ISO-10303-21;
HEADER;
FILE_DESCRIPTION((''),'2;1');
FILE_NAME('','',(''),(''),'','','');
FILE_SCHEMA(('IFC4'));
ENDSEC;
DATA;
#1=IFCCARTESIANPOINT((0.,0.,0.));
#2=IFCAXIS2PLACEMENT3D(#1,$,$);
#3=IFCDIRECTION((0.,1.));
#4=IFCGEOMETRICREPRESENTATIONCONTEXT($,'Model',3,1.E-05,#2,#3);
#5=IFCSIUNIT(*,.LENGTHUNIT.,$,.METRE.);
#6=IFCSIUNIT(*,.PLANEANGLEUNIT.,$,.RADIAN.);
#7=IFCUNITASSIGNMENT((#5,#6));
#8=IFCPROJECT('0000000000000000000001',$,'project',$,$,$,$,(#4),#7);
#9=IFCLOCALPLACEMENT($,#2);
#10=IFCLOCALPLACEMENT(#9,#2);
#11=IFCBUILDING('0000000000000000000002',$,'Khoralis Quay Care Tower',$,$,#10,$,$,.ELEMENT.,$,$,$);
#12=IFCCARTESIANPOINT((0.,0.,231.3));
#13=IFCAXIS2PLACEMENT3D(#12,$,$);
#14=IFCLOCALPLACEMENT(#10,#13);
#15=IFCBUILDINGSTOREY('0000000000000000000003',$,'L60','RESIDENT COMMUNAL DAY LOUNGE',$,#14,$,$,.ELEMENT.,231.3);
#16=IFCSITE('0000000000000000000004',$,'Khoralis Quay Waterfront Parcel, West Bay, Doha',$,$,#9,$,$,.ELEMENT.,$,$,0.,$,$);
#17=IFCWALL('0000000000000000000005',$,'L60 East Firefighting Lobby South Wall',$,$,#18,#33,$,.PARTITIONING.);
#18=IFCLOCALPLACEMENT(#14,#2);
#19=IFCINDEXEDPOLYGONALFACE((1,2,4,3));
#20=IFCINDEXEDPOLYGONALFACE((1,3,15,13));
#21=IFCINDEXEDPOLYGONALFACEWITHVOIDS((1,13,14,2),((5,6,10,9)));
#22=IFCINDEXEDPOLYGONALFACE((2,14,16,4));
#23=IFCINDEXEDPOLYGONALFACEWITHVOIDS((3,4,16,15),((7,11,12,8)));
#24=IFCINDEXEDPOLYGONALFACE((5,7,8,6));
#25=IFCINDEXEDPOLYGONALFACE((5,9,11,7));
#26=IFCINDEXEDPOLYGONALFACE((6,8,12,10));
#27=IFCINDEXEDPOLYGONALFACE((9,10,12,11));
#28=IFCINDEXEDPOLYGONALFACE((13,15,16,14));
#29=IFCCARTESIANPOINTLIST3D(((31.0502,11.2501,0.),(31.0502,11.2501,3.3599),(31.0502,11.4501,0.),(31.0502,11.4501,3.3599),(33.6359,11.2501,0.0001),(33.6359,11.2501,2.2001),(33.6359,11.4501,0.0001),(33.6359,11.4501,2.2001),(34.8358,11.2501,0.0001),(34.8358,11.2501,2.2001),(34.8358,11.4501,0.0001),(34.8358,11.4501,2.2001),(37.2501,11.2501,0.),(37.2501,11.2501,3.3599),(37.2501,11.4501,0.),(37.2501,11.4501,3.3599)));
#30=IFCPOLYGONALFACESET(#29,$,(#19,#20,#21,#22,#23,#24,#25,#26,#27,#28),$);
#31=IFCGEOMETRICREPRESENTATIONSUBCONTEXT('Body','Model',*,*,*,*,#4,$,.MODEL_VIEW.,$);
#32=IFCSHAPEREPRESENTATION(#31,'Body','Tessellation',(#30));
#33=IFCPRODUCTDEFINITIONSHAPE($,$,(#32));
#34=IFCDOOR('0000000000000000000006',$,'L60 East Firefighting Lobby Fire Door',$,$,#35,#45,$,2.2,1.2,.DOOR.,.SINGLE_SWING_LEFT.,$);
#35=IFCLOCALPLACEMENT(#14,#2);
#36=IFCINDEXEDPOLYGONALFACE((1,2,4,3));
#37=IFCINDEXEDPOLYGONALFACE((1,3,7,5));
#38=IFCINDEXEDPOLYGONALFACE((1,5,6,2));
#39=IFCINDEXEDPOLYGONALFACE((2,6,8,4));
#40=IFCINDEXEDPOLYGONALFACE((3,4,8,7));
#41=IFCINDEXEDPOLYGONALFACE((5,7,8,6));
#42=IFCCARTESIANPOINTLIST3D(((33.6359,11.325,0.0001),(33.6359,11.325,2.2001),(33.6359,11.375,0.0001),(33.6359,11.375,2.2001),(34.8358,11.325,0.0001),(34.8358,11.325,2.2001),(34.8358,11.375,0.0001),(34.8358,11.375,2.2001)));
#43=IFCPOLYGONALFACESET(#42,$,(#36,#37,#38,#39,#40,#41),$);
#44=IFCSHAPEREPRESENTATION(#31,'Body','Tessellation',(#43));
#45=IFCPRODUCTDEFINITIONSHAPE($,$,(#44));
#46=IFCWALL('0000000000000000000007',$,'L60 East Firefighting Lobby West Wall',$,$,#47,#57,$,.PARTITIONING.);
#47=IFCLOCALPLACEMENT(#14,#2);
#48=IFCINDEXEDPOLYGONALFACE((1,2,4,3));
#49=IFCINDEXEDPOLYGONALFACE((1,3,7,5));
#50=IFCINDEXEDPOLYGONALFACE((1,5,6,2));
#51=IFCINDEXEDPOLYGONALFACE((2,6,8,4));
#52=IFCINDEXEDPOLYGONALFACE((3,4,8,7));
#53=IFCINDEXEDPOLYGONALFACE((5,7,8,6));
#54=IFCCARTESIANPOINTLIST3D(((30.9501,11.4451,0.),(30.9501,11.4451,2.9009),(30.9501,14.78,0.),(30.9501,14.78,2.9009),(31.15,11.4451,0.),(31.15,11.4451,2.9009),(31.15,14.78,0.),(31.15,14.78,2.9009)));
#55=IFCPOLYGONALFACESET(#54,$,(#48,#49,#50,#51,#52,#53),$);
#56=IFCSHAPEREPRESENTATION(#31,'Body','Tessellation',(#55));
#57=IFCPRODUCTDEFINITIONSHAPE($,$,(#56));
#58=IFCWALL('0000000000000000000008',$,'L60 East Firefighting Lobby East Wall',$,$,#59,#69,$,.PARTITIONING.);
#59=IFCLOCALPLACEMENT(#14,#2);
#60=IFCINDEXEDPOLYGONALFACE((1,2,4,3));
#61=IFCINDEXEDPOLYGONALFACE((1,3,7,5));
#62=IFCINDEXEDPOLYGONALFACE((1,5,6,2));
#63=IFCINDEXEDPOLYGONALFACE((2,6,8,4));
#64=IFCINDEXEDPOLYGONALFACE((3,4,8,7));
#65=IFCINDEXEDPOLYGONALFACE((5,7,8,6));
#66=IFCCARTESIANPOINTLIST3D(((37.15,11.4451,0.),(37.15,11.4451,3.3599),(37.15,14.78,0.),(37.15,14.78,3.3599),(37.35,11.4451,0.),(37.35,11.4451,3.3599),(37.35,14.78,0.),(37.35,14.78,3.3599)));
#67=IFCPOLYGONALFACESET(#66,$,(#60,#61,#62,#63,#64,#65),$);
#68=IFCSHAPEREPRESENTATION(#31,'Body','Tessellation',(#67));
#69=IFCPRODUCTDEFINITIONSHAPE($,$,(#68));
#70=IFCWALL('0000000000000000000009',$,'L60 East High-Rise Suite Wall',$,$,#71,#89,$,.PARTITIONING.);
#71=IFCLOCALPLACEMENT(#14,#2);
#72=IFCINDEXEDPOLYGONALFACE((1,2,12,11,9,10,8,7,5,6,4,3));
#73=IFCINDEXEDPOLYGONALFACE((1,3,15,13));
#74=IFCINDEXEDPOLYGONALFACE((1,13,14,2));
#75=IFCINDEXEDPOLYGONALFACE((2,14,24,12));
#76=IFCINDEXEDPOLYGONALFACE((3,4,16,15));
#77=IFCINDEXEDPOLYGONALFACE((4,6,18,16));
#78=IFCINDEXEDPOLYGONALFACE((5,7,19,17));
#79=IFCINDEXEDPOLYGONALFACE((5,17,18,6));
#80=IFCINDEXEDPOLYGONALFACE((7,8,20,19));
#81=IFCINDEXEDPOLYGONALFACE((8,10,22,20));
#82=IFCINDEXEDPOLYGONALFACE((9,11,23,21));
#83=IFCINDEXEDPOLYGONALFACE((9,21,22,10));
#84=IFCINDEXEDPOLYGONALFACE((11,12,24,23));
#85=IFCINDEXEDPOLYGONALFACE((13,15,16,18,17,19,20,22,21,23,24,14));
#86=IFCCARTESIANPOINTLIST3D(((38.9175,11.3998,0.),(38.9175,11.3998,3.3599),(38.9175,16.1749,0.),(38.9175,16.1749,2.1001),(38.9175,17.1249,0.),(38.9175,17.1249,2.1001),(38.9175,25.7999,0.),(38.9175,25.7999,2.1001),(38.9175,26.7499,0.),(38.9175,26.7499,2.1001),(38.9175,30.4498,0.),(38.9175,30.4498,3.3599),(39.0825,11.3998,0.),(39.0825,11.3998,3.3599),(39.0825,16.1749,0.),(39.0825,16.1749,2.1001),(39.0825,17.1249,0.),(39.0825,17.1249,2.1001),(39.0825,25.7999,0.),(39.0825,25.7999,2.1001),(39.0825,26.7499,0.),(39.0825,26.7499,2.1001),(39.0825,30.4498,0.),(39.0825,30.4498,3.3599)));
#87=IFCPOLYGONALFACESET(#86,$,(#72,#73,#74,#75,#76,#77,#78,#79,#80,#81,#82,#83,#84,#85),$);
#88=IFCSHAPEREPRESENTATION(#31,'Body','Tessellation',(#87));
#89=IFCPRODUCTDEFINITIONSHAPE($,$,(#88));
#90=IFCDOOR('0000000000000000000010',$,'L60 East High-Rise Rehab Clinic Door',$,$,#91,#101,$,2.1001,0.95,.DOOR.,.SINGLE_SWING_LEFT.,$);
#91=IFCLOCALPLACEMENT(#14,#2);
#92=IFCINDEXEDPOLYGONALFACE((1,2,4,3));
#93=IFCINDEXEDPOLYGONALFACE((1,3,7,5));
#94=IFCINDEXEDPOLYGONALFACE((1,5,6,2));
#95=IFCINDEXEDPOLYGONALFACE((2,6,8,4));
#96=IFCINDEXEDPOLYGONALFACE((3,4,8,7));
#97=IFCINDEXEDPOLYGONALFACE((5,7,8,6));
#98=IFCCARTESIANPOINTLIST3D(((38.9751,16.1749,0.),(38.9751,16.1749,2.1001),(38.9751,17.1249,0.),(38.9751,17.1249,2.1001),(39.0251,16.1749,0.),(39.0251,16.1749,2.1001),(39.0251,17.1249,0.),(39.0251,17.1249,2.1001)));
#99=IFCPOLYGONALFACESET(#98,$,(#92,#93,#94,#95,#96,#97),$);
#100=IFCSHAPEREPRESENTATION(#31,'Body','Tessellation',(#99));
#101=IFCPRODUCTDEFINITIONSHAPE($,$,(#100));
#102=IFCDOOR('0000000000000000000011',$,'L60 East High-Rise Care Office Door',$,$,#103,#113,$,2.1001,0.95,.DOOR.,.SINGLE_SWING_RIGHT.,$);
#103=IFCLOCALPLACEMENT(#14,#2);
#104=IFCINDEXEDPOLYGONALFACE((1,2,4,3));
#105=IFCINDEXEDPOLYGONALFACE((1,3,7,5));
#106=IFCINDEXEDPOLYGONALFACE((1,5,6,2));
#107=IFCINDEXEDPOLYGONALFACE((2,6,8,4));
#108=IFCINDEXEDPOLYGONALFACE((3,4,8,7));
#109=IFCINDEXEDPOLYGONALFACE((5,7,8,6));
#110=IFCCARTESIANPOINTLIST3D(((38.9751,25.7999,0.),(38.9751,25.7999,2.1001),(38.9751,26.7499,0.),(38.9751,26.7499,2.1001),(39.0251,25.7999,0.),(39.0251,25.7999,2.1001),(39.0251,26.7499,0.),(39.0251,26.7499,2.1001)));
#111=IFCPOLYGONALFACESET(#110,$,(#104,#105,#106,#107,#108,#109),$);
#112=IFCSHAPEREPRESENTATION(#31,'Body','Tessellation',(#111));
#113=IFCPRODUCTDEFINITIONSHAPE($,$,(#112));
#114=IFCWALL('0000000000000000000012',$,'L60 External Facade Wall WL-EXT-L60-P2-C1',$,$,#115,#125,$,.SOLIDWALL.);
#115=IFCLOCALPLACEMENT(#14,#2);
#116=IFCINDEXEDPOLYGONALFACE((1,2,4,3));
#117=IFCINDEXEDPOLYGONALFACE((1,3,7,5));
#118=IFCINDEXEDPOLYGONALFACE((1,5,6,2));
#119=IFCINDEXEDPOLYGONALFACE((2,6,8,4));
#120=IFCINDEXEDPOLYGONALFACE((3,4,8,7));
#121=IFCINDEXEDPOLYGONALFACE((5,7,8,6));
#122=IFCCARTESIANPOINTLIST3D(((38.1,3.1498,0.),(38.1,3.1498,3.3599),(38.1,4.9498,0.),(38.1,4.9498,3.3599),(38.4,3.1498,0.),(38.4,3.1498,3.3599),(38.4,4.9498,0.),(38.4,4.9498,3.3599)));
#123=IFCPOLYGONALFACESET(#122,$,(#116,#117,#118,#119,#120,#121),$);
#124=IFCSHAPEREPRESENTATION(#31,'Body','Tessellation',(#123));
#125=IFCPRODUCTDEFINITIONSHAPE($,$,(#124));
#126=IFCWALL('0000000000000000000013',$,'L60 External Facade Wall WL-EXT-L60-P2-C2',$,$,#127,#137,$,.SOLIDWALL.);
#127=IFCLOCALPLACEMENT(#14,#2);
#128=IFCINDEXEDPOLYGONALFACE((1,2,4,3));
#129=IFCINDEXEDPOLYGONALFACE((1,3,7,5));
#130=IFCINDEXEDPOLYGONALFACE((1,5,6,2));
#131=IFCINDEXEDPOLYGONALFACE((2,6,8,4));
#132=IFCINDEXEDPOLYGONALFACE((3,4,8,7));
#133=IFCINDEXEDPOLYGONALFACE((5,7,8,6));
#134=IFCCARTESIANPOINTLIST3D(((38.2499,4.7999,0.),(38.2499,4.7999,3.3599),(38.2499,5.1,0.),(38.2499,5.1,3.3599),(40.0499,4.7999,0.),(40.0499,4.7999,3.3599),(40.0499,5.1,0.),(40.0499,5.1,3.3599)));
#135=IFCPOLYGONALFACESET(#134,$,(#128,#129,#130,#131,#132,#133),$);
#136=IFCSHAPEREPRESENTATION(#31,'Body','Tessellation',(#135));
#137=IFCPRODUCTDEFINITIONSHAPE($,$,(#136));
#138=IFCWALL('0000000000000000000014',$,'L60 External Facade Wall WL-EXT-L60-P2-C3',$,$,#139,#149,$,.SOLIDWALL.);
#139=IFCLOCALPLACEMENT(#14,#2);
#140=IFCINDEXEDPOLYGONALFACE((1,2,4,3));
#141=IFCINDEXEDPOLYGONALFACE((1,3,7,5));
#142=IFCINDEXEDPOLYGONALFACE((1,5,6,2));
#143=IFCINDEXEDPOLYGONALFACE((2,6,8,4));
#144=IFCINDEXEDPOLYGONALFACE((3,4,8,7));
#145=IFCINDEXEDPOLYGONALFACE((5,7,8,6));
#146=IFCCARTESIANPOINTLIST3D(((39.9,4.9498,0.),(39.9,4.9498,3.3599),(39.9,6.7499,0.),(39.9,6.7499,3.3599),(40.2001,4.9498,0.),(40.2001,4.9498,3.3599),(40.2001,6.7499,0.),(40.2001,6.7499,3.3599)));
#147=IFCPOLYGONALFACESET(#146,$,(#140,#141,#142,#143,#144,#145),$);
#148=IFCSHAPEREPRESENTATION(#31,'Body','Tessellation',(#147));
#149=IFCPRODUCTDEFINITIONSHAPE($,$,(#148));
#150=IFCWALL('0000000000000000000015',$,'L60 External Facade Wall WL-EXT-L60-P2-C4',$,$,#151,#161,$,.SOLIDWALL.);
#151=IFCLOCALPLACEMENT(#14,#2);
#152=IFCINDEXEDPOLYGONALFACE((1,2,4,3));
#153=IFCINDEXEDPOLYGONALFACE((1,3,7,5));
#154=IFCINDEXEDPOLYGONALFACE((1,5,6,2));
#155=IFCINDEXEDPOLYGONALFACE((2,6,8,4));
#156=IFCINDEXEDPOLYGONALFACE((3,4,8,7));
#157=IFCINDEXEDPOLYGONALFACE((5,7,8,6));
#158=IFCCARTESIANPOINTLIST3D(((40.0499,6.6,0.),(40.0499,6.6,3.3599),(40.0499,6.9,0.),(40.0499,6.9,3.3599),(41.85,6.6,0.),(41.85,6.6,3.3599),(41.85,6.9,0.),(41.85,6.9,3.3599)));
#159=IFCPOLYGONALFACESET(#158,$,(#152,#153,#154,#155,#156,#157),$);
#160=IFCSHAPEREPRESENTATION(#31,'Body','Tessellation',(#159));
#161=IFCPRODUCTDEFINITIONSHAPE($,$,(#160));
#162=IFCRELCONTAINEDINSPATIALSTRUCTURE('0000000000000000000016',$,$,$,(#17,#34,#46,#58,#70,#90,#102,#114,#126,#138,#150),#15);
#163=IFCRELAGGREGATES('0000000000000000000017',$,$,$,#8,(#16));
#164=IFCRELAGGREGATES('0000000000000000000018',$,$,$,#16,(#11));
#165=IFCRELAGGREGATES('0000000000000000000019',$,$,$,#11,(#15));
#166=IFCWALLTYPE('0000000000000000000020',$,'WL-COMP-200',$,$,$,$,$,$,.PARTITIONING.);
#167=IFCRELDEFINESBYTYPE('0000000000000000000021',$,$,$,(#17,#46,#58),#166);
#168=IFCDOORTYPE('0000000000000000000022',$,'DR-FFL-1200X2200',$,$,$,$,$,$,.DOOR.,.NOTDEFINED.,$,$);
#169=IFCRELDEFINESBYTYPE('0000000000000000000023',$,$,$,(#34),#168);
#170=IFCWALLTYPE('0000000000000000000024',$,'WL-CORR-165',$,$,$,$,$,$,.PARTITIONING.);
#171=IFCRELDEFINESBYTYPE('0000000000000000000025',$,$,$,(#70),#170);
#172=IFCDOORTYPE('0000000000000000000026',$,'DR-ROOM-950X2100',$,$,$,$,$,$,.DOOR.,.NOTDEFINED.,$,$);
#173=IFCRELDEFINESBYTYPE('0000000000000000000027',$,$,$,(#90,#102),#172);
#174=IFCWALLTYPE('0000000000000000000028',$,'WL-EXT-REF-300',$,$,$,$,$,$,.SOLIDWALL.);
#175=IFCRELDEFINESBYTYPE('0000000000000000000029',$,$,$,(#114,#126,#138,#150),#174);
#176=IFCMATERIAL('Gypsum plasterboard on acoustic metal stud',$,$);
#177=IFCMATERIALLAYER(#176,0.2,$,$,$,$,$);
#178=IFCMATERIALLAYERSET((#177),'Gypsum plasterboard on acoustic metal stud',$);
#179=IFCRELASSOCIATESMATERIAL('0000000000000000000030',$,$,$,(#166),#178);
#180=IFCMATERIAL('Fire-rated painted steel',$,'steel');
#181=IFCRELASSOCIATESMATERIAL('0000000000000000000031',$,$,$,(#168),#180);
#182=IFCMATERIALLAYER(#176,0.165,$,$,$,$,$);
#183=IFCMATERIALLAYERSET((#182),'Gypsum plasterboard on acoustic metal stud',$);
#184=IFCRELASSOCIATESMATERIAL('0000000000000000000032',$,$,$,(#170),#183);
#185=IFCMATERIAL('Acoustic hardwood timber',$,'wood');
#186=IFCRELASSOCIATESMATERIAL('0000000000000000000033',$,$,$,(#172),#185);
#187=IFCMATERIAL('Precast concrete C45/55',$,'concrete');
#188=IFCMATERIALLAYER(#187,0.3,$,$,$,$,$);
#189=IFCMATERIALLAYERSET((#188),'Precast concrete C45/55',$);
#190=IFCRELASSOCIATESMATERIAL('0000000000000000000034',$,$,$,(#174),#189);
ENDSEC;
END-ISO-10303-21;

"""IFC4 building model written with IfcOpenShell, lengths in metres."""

from ifc_helpers import new_model, si_unit, direction, frame, frame_2d, origin, place, context, subcontext, project, spatial, rectangle, extrude, source, transform, mapped, material, layer, layer_set, type_object, element, fill, save


model = new_model("IFC4")

# Units and contexts
model_context = context("Model", 3, precision=1e-05, world=origin(), true_north=direction((0.0, 1.0)))
body_context = subcontext(model_context, "Body", "Model", "MODEL_VIEW")
ifc_project = project(units=[si_unit("LENGTHUNIT", "METRE"), si_unit("PLANEANGLEUNIT", "RADIAN")], contexts=[model_context])

# Site, building, storey
site_placement = place(None, origin())
site = spatial("IfcSite", under=ifc_project, at=site_placement, Name="Khoralis Quay Waterfront Parcel, West Bay, Doha", CompositionType="ELEMENT", RefElevation=0.0)
building_placement = place(site_placement, origin())
building = spatial("IfcBuilding", under=site, at=building_placement, Name="Khoralis Quay Care Tower", CompositionType="ELEMENT")
storey_placement = place(building_placement, frame((0.0, 0.0, 231.3)))
storey = spatial("IfcBuildingStorey", under=building, at=storey_placement, Name="L60", Description="RESIDENT COMMUNAL DAY LOUNGE", CompositionType="ELEMENT", Elevation=231.3)

# Wall, opening, door
ifc_material_1 = material(Name="Gypsum plasterboard on acoustic metal stud")
ifc_layer_1 = layer(ifc_material_1, 0.2)
ifc_layer_set_1 = layer_set([ifc_layer_1], Name="Gypsum plasterboard on acoustic metal stud")
wall_type_1 = type_object("IfcWallType", Name="WL-COMP-200", PredefinedType="PARTITIONING", material=ifc_layer_set_1)
wall_1_placement = place(storey_placement, frame((31.05, 11.3501, 0.0), z_axis=(0.0, 0.0, 1.0), x_axis=(1.0, 0.0, 0.0)))
wall_1 = element("IfcWall", 1, at=wall_1_placement, inside=storey, type_object=wall_type_1, Name="L60 East Firefighting Lobby South Wall", PredefinedType="PARTITIONING", context=body_context, shape_type="SweptSolid", body=[
    extrude(rectangle(XDim=6.2, YDim=0.2, at=frame_2d((3.1001, 0.0))), origin(), (0.0, 0.0, 1.0), 3.3599),
])
opening_1_placement = place(wall_1_placement, frame((2.5857, 0.0, 0.0)))
opening_1 = element("IfcOpeningElement", 2, at=opening_1_placement, cuts=wall_1, PredefinedType="OPENING", context=body_context, shape_type="SweptSolid", body=[
    extrude(rectangle(XDim=1.2, YDim=2.2, at=frame_2d((0.6001, 1.1001))), frame((0.0, 0.1099, 0.0), z_axis=(0.0, -1.0, 0.0), x_axis=(1.0, 0.0, 0.0)), (0.0, 0.0, 1.0), 0.22),
])
ifc_material_2 = material(Name="Fire-rated painted steel", Category="steel")
door_type_1 = type_object("IfcDoorType", Name="DR-FFL-1200X2200", OperationType="NOTDEFINED", PredefinedType="DOOR", material=ifc_material_2)
shared_shape_1 = source(origin(), body_context, "Body", "SweptSolid", [
    extrude(rectangle(XDim=1.2, YDim=2.2, at=frame_2d((0.6001, 1.1001))), frame((0.0, 0.0249, 0.0), z_axis=(0.0, -1.0, 0.0), x_axis=(1.0, 0.0, 0.0)), (0.0, 0.0, 1.0), 0.05),
])
door_1_placement = place(opening_1_placement, origin())
door_1 = element("IfcDoor", 3, at=door_1_placement, inside=storey, type_object=door_type_1, Name="L60 East Firefighting Lobby Fire Door", OperationType="SINGLE_SWING_LEFT", OverallHeight=2.2, OverallWidth=1.2, PredefinedType="DOOR", context=body_context, shape_type="MappedRepresentation", body=[
    mapped(shared_shape_1, transform((0.0, 0.0, 0.0), scale=1.0)),
])
fill(opening_1, door_1)

# Walls
wall_2_placement = place(storey_placement, frame((31.05, 11.4451, 0.0), z_axis=(0.0, 0.0, 1.0), x_axis=(0.0, 1.0, 0.0)))
element("IfcWall", 4, at=wall_2_placement, inside=storey, type_object=wall_type_1, Name="L60 East Firefighting Lobby West Wall", PredefinedType="PARTITIONING", context=body_context, shape_type="SweptSolid", body=[
    extrude(rectangle(XDim=3.335, YDim=0.2, at=frame_2d((1.6675, 0.0))), origin(), (0.0, 0.0, 1.0), 2.9009),
])
wall_3_placement = place(storey_placement, frame((37.25, 11.4451, 0.0), z_axis=(0.0, 0.0, 1.0), x_axis=(0.0, 1.0, 0.0)))
element("IfcWall", 5, at=wall_3_placement, inside=storey, type_object=wall_type_1, Name="L60 East Firefighting Lobby East Wall", PredefinedType="PARTITIONING", context=body_context, shape_type="SweptSolid", body=[
    extrude(rectangle(XDim=3.335, YDim=0.2, at=frame_2d((1.6675, 0.0))), origin(), (0.0, 0.0, 1.0), 3.3599),
])

# Wall, openings, doors
ifc_layer_2 = layer(ifc_material_1, 0.165)
ifc_layer_set_2 = layer_set([ifc_layer_2], Name="Gypsum plasterboard on acoustic metal stud")
wall_type_2 = type_object("IfcWallType", Name="WL-CORR-165", PredefinedType="PARTITIONING", material=ifc_layer_set_2)
wall_4_placement = place(storey_placement, frame((39.0, 11.3999, 0.0), z_axis=(0.0, 0.0, 1.0), x_axis=(0.0, 1.0, 0.0)))
wall_4 = element("IfcWall", 6, at=wall_4_placement, inside=storey, type_object=wall_type_2, Name="L60 East High-Rise Suite Wall", PredefinedType="PARTITIONING", context=body_context, shape_type="SweptSolid", body=[
    extrude(rectangle(XDim=19.05, YDim=0.165, at=frame_2d((9.5249, 0.0))), origin(), (0.0, 0.0, 1.0), 3.3599),
])
opening_2_placement = place(wall_4_placement, frame((4.7749, 0.0, 0.0)))
opening_2 = element("IfcOpeningElement", 7, at=opening_2_placement, cuts=wall_4, PredefinedType="OPENING", context=body_context, shape_type="SweptSolid", body=[
    extrude(rectangle(XDim=0.95, YDim=2.1001, at=frame_2d((0.4751, 1.05))), frame((0.0, 0.0925, 0.0), z_axis=(0.0, -1.0, 0.0), x_axis=(1.0, 0.0, 0.0)), (0.0, 0.0, 1.0), 0.1851),
])
opening_3_placement = place(wall_4_placement, frame((14.3999, 0.0, 0.0)))
opening_3 = element("IfcOpeningElement", 8, at=opening_3_placement, cuts=wall_4, PredefinedType="OPENING", context=body_context, shape_type="SweptSolid", body=[
    extrude(rectangle(XDim=0.95, YDim=2.1001, at=frame_2d((0.4751, 1.05))), frame((0.0, 0.0925, 0.0), z_axis=(0.0, -1.0, 0.0), x_axis=(1.0, 0.0, 0.0)), (0.0, 0.0, 1.0), 0.1851),
])
ifc_material_3 = material(Name="Acoustic hardwood timber", Category="wood")
door_type_2 = type_object("IfcDoorType", Name="DR-ROOM-950X2100", OperationType="NOTDEFINED", PredefinedType="DOOR", material=ifc_material_3)
shared_shape_2 = source(origin(), body_context, "Body", "SweptSolid", [
    extrude(rectangle(XDim=0.95, YDim=2.1001, at=frame_2d((0.4751, 1.05))), frame((0.0, 0.0249, 0.0), z_axis=(0.0, -1.0, 0.0), x_axis=(1.0, 0.0, 0.0)), (0.0, 0.0, 1.0), 0.05),
])
door_2_placement = place(opening_2_placement, origin())
door_2 = element("IfcDoor", 9, at=door_2_placement, inside=storey, type_object=door_type_2, Name="L60 East High-Rise Rehab Clinic Door", OperationType="SINGLE_SWING_LEFT", OverallHeight=2.1001, OverallWidth=0.95, PredefinedType="DOOR", context=body_context, shape_type="MappedRepresentation", body=[
    mapped(shared_shape_2, transform((0.0, 0.0, 0.0), scale=1.0)),
])
fill(opening_2, door_2)
door_3_placement = place(opening_3_placement, origin())
door_3 = element("IfcDoor", 10, at=door_3_placement, inside=storey, type_object=door_type_2, Name="L60 East High-Rise Care Office Door", OperationType="SINGLE_SWING_RIGHT", OverallHeight=2.1001, OverallWidth=0.95, PredefinedType="DOOR", context=body_context, shape_type="MappedRepresentation", body=[
    mapped(shared_shape_2, transform((0.0, 0.0, 0.0), scale=1.0)),
])
fill(opening_3, door_3)

# Walls
ifc_material_4 = material(Name="Precast concrete C45/55", Category="concrete")
ifc_layer_3 = layer(ifc_material_4, 0.3)
ifc_layer_set_3 = layer_set([ifc_layer_3], Name="Precast concrete C45/55")
wall_type_3 = type_object("IfcWallType", Name="WL-EXT-REF-300", PredefinedType="SOLIDWALL", material=ifc_layer_set_3)
for number, where, z_axis, x_axis, name in (
    (11, (38.25, 3.1499, 0.0), (0.0, 0.0, 1.0), (0.0, 1.0, 0.0), "L60 External Facade Wall WL-EXT-L60-P2-C1"),
    (12, (38.25, 4.95, 0.0), (0.0, 0.0, 1.0), (1.0, 0.0, 0.0), "L60 External Facade Wall WL-EXT-L60-P2-C2"),
    (13, (40.05, 4.95, 0.0), (0.0, 0.0, 1.0), (0.0, 1.0, 0.0), "L60 External Facade Wall WL-EXT-L60-P2-C3"),
    (14, (40.05, 6.75, 0.0), (0.0, 0.0, 1.0), (1.0, 0.0, 0.0), "L60 External Facade Wall WL-EXT-L60-P2-C4"),
):
    element("IfcWall", number, at=place(storey_placement, frame(where, z_axis=z_axis, x_axis=x_axis)), inside=storey, type_object=wall_type_3, Name=name, PredefinedType="SOLIDWALL", context=body_context, shape_type="SweptSolid", body=[
        extrude(rectangle(XDim=1.8, YDim=0.3, at=frame_2d((0.8999, 0.0))), origin(), (0.0, 0.0, 1.0), 3.3599),
    ])

save(model, "model.ifc")
